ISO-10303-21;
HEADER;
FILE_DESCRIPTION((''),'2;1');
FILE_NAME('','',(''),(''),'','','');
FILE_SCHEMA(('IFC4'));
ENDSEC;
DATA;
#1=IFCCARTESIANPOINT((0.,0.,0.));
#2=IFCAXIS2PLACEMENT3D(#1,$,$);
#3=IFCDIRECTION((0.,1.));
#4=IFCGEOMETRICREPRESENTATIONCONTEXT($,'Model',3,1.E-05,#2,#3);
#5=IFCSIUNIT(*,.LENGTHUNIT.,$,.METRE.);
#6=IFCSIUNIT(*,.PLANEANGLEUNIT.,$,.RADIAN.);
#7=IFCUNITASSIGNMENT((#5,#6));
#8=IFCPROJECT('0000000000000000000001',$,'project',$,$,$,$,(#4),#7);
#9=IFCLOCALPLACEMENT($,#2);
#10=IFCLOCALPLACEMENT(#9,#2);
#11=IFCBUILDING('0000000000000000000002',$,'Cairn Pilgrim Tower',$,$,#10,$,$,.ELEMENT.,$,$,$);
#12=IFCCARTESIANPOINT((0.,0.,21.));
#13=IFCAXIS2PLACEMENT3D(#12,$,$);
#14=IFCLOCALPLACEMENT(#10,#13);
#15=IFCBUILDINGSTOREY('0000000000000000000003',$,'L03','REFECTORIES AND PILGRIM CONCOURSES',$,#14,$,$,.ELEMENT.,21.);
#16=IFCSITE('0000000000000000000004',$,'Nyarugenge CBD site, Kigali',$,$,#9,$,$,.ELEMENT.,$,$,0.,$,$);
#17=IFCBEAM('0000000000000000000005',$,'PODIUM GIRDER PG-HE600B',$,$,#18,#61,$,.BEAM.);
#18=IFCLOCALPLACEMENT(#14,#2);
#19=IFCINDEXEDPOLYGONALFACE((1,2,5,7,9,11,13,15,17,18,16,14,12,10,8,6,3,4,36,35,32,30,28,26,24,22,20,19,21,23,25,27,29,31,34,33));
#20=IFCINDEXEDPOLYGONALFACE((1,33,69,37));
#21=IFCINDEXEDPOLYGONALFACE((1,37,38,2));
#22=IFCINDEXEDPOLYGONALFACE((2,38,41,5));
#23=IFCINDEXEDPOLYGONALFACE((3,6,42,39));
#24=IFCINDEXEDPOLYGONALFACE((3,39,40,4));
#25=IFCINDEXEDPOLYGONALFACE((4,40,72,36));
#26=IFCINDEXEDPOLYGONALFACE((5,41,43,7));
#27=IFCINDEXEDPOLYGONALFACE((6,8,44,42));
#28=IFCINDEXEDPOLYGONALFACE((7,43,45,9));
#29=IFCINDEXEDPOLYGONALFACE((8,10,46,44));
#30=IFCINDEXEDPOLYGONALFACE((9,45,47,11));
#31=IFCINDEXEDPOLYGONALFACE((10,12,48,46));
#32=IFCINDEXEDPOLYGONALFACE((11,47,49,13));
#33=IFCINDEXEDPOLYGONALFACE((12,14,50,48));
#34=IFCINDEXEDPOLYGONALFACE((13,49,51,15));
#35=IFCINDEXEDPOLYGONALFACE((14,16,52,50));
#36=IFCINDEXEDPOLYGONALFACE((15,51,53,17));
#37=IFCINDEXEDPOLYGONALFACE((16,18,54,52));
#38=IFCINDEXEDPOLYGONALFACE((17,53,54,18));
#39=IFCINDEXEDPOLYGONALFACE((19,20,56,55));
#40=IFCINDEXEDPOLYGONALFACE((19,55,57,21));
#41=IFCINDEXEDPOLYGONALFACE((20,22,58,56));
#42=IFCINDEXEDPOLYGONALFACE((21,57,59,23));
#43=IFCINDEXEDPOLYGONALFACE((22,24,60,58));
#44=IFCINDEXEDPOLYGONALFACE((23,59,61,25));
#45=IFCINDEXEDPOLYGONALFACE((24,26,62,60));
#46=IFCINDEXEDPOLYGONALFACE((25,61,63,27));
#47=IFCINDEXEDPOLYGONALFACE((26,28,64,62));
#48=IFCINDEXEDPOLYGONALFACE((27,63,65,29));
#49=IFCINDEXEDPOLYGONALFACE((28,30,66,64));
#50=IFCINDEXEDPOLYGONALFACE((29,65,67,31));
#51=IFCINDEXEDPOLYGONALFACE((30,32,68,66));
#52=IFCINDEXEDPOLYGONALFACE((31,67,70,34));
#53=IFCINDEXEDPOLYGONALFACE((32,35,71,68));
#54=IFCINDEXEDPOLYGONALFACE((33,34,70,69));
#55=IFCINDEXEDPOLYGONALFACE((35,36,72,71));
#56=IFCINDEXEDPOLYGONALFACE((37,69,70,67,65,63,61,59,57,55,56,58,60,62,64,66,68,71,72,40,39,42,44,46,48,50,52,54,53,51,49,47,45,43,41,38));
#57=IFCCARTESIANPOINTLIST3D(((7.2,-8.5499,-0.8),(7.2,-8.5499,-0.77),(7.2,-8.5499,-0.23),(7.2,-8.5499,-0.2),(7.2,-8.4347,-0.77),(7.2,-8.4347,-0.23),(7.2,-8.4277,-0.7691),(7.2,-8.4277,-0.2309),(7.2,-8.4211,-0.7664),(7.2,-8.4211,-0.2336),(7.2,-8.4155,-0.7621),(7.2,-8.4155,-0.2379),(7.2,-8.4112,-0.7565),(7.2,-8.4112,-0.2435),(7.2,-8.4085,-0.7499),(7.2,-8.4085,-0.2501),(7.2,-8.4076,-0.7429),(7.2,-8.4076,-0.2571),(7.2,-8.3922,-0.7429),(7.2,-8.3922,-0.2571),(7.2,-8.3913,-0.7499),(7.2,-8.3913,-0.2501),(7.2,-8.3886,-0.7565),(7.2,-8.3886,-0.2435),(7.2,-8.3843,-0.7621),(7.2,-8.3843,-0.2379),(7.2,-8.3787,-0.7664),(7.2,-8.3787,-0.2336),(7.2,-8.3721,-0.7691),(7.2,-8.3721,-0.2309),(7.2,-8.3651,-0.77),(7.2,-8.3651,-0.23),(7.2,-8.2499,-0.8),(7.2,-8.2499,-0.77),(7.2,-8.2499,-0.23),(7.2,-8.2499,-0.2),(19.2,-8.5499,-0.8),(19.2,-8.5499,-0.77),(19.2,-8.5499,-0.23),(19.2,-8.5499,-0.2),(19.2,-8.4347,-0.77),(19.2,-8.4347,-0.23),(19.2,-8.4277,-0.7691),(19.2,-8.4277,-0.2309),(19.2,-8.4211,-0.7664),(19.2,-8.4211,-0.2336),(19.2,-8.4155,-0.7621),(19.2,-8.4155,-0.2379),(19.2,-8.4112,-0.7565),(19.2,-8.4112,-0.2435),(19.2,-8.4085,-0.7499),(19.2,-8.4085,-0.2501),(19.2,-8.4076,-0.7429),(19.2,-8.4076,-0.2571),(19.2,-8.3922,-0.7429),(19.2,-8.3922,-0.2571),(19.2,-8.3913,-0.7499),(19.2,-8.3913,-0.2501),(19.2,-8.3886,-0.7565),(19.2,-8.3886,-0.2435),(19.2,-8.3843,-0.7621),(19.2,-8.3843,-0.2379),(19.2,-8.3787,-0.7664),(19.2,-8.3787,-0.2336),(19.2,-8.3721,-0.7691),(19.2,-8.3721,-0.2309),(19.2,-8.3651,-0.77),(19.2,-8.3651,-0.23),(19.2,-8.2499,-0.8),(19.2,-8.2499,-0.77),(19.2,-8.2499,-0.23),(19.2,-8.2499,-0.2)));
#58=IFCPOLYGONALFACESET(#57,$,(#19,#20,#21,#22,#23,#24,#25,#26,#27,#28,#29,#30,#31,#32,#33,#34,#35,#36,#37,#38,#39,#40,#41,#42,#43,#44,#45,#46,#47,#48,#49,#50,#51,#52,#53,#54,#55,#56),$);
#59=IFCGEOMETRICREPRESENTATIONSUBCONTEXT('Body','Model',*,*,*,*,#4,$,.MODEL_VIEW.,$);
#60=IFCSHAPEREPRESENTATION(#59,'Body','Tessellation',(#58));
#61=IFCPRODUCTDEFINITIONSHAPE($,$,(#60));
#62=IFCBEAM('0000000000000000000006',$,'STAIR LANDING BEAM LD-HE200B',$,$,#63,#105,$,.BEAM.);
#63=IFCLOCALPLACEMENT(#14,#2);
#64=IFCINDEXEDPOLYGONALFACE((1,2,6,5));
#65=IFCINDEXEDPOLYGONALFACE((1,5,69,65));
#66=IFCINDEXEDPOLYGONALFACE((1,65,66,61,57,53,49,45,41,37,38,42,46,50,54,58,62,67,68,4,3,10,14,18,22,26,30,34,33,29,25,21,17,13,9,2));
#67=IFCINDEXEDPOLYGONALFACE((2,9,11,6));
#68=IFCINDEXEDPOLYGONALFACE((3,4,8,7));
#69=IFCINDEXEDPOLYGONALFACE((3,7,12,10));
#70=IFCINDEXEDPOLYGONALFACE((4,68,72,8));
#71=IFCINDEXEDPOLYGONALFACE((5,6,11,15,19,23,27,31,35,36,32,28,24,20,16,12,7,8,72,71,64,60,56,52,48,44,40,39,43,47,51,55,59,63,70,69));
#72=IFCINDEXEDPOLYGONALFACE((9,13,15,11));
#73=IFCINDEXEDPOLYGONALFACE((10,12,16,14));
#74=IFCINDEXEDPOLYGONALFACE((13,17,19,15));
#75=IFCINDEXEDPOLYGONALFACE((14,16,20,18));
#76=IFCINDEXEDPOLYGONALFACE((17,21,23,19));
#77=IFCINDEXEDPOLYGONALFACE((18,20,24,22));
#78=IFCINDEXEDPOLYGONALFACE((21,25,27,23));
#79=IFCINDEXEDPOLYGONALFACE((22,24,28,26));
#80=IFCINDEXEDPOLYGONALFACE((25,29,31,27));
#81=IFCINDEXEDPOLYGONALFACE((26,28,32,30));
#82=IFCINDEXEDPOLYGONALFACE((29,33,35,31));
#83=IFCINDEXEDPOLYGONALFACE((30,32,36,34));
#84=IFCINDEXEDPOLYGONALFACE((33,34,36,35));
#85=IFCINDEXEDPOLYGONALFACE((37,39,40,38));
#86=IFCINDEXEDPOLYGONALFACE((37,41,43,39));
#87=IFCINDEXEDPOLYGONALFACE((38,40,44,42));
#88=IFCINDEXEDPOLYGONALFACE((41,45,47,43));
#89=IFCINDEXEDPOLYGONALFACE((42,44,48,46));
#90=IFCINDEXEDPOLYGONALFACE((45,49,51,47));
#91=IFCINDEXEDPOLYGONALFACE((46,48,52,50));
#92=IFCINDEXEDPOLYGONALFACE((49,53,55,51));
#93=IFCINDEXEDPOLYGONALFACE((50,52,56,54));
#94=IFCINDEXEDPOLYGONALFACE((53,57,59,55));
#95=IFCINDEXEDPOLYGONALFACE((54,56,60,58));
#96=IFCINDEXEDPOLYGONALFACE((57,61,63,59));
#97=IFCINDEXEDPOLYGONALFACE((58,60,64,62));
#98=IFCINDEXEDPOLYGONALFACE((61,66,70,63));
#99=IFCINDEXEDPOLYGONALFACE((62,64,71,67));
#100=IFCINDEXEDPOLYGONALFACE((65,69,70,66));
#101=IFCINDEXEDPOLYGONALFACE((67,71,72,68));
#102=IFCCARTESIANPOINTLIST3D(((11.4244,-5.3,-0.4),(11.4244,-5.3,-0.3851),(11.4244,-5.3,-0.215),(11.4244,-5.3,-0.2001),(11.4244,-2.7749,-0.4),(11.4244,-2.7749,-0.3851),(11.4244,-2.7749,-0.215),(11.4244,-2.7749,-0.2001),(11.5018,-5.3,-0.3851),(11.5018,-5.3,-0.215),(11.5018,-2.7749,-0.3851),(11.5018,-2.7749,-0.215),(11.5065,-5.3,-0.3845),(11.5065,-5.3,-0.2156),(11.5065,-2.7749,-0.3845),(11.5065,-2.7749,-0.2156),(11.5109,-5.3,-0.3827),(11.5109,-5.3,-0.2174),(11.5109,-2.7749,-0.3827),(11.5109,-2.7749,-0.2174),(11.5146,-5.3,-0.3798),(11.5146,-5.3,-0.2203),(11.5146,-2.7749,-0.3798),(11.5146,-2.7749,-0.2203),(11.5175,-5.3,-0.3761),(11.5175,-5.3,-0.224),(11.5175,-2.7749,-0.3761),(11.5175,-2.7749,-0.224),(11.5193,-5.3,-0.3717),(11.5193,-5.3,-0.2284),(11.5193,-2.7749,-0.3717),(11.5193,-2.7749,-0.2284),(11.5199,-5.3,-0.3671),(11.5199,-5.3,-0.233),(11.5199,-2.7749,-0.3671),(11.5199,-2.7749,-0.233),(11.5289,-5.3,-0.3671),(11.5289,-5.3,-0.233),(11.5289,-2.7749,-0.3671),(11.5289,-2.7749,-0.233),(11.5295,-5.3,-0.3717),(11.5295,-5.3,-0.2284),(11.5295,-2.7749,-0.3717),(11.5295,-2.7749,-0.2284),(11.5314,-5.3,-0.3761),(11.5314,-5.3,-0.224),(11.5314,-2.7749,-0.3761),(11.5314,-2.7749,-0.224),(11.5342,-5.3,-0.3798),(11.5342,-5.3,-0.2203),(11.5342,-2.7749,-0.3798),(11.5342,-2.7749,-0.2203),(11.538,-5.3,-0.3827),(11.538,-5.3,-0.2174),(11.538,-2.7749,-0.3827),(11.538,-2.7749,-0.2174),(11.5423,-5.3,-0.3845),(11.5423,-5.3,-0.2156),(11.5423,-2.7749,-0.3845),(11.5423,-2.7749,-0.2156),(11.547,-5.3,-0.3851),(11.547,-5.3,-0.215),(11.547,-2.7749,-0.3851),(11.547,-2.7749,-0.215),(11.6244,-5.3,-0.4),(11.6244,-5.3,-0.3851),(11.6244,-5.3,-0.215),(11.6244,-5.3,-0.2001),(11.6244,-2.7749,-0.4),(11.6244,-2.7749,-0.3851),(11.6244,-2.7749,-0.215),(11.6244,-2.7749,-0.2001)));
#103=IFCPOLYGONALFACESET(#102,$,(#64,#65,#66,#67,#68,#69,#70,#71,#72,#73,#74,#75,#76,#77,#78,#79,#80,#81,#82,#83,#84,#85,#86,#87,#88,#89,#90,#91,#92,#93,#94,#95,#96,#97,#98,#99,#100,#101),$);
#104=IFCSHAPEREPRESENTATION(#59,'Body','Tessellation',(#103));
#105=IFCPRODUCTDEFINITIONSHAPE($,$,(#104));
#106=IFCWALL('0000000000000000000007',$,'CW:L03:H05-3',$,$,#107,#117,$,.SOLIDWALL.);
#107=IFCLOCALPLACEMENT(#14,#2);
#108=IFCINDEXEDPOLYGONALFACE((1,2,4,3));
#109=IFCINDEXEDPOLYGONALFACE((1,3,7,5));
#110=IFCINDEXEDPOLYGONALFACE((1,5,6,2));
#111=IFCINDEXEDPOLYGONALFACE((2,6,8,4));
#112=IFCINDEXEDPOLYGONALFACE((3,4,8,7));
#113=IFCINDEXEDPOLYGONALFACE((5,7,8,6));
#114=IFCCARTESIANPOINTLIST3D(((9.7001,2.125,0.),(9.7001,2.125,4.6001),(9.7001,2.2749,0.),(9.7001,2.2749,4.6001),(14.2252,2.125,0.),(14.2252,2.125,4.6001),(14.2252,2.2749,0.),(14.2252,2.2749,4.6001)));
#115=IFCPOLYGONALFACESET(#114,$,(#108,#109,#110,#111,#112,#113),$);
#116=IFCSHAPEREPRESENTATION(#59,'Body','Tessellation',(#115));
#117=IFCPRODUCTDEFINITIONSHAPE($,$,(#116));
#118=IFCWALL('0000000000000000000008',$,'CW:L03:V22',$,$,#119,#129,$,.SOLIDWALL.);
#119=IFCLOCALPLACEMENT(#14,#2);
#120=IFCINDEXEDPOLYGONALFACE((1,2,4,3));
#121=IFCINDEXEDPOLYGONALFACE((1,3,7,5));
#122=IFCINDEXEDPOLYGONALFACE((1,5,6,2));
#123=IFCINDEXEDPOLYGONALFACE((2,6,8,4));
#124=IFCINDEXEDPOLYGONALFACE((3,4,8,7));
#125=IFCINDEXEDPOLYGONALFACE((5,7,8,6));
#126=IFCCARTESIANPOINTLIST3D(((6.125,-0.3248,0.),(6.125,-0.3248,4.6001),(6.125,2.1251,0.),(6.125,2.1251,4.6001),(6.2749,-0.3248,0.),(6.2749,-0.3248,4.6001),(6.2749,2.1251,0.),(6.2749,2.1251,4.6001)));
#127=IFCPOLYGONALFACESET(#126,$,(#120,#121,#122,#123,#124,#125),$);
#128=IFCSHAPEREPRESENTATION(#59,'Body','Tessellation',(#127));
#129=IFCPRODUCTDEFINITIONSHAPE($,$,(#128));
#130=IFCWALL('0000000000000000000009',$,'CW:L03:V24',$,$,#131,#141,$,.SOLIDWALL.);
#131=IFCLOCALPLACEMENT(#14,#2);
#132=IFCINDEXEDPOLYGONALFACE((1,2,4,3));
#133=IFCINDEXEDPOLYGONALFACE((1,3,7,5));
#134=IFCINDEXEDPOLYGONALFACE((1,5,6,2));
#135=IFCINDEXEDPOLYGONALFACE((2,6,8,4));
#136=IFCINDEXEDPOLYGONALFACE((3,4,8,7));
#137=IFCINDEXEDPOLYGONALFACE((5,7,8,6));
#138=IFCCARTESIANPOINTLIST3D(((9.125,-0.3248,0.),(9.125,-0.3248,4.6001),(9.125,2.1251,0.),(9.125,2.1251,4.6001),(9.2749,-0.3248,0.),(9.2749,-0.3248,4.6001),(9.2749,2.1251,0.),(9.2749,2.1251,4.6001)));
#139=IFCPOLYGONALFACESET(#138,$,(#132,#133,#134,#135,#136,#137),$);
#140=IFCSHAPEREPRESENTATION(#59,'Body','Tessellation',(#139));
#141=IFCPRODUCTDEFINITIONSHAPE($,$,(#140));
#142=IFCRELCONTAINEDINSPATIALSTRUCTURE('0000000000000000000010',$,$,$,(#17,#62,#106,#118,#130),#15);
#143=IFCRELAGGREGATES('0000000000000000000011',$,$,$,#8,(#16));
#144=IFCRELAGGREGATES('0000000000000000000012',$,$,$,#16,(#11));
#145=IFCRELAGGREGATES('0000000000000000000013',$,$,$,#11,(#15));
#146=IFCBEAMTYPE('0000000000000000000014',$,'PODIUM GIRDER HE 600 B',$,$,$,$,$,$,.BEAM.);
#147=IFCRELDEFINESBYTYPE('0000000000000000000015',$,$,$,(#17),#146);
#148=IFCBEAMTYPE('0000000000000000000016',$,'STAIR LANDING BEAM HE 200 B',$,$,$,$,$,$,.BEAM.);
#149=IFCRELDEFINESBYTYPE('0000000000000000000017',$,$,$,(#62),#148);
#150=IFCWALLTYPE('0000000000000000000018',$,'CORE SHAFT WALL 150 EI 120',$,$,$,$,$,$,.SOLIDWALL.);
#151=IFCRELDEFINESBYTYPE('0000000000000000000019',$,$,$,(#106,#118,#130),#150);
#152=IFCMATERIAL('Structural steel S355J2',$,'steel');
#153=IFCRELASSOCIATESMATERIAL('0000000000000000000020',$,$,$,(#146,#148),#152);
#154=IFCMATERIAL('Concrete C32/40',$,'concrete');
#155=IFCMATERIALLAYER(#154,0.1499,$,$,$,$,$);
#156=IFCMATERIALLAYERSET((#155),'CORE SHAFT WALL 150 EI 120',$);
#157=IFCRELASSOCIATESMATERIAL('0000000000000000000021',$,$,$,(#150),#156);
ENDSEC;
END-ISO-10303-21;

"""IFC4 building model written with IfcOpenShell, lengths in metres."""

from ifc_helpers import new_model, si_unit, direction, frame, frame_2d, origin, origin_2d, place, context, subcontext, project, spatial, rectangle, i_section, extrude, material, layer, layer_set, material_profile, profile_set, type_object, element, save


model = new_model("IFC4")

# Units and contexts
model_context = context("Model", 3, precision=1e-05, world=origin(), true_north=direction((0.0, 1.0)))
body_context = subcontext(model_context, "Body", "Model", "MODEL_VIEW")
ifc_project = project(units=[si_unit("LENGTHUNIT", "METRE"), si_unit("PLANEANGLEUNIT", "RADIAN")], contexts=[model_context])

# Site, building, storey
site_placement = place(None, origin())
site = spatial("IfcSite", under=ifc_project, at=site_placement, Name="Nyarugenge CBD site, Kigali", CompositionType="ELEMENT", RefElevation=0.0)
building_placement = place(site_placement, origin())
building = spatial("IfcBuilding", under=site, at=building_placement, Name="Cairn Pilgrim Tower", CompositionType="ELEMENT")
storey_placement = place(building_placement, frame((0.0, 0.0, 21.0)))
storey = spatial("IfcBuildingStorey", under=building, at=storey_placement, Name="L03", Description="REFECTORIES AND PILGRIM CONCOURSES", CompositionType="ELEMENT", Elevation=21.0)

# Beams
ifc_material_1 = material(Name="Structural steel S355J2", Category="steel")
ifc_material_profile_1 = material_profile(ifc_material_1, i_section(OverallWidth=0.3, OverallDepth=0.6001, WebThickness=0.0154, FlangeThickness=0.03, FilletRadius=0.0271, at=origin_2d()), Name="HEB 600")
ifc_profile_set_1 = profile_set([ifc_material_profile_1], Name="Structural steel S355J2")
beam_type_1 = type_object("IfcBeamType", Name="PODIUM GIRDER HE 600 B", PredefinedType="BEAM", material=ifc_profile_set_1)
beam_1_placement = place(storey_placement, frame((7.2, -8.3999, -0.5), z_axis=(1.0, 0.0, 0.0), x_axis=(0.0, 1.0, 0.0)))
element("IfcBeam", 1, at=beam_1_placement, inside=storey, type_object=beam_type_1, Name="PODIUM GIRDER PG-HE600B", PredefinedType="BEAM", context=body_context, shape_type="SweptSolid", body=[
    extrude(i_section(OverallWidth=0.3, OverallDepth=0.6001, WebThickness=0.0154, FlangeThickness=0.03, FilletRadius=0.0271, at=origin_2d()), origin(), (0.0, 0.0, 1.0), 12.0),
])
ifc_material_profile_2 = material_profile(ifc_material_1, i_section(OverallWidth=0.2, OverallDepth=0.2, WebThickness=0.009, FlangeThickness=0.0149, FilletRadius=0.0181, at=origin_2d()), Name="HE 200 B")
ifc_profile_set_2 = profile_set([ifc_material_profile_2], Name="Structural steel S355J2")
beam_type_2 = type_object("IfcBeamType", Name="STAIR LANDING BEAM HE 200 B", PredefinedType="BEAM", material=ifc_profile_set_2)
beam_2_placement = place(storey_placement, frame((11.5244, -2.7749, -0.3), z_axis=(0.0, -1.0, 0.0), x_axis=(1.0, 0.0, 0.0)))
element("IfcBeam", 2, at=beam_2_placement, inside=storey, type_object=beam_type_2, Name="STAIR LANDING BEAM LD-HE200B", PredefinedType="BEAM", context=body_context, shape_type="SweptSolid", body=[
    extrude(i_section(OverallWidth=0.2, OverallDepth=0.2, WebThickness=0.009, FlangeThickness=0.0149, FilletRadius=0.0181, at=origin_2d()), origin(), (0.0, 0.0, 1.0), 2.5251),
])

# Walls
ifc_material_2 = material(Name="Concrete C32/40", Category="concrete")
ifc_layer_1 = layer(ifc_material_2, 0.1499)
ifc_layer_set_1 = layer_set([ifc_layer_1], Name="CORE SHAFT WALL 150 EI 120")
wall_type_1 = type_object("IfcWallType", Name="CORE SHAFT WALL 150 EI 120", PredefinedType="SOLIDWALL", material=ifc_layer_set_1)
wall_1_placement = place(storey_placement, frame((9.7, 2.2, 0.0), z_axis=(0.0, 0.0, 1.0), x_axis=(1.0, 0.0, 0.0)))
element("IfcWall", 3, at=wall_1_placement, inside=storey, type_object=wall_type_1, Name="CW:L03:H05-3", PredefinedType="SOLIDWALL", context=body_context, shape_type="SweptSolid", body=[
    extrude(rectangle(XDim=4.5251, YDim=0.1499, at=frame_2d((2.2627, 0.0))), origin(), (0.0, 0.0, 1.0), 4.6001),
])
for number, where, z_axis, x_axis, name in (
    (4, (6.2, -0.325, 0.0), (0.0, 0.0, 1.0), (0.0, 1.0, 0.0), "CW:L03:V22"),
    (5, (9.2, -0.325, 0.0), (0.0, 0.0, 1.0), (0.0, 1.0, 0.0), "CW:L03:V24"),
):
    element("IfcWall", number, at=place(storey_placement, frame(where, z_axis=z_axis, x_axis=x_axis)), inside=storey, type_object=wall_type_1, Name=name, PredefinedType="SOLIDWALL", context=body_context, shape_type="SweptSolid", body=[
        extrude(rectangle(XDim=2.45, YDim=0.1499, at=frame_2d((1.2251, 0.0))), origin(), (0.0, 0.0, 1.0), 4.6001),
    ])

save(model, "model.ifc")
